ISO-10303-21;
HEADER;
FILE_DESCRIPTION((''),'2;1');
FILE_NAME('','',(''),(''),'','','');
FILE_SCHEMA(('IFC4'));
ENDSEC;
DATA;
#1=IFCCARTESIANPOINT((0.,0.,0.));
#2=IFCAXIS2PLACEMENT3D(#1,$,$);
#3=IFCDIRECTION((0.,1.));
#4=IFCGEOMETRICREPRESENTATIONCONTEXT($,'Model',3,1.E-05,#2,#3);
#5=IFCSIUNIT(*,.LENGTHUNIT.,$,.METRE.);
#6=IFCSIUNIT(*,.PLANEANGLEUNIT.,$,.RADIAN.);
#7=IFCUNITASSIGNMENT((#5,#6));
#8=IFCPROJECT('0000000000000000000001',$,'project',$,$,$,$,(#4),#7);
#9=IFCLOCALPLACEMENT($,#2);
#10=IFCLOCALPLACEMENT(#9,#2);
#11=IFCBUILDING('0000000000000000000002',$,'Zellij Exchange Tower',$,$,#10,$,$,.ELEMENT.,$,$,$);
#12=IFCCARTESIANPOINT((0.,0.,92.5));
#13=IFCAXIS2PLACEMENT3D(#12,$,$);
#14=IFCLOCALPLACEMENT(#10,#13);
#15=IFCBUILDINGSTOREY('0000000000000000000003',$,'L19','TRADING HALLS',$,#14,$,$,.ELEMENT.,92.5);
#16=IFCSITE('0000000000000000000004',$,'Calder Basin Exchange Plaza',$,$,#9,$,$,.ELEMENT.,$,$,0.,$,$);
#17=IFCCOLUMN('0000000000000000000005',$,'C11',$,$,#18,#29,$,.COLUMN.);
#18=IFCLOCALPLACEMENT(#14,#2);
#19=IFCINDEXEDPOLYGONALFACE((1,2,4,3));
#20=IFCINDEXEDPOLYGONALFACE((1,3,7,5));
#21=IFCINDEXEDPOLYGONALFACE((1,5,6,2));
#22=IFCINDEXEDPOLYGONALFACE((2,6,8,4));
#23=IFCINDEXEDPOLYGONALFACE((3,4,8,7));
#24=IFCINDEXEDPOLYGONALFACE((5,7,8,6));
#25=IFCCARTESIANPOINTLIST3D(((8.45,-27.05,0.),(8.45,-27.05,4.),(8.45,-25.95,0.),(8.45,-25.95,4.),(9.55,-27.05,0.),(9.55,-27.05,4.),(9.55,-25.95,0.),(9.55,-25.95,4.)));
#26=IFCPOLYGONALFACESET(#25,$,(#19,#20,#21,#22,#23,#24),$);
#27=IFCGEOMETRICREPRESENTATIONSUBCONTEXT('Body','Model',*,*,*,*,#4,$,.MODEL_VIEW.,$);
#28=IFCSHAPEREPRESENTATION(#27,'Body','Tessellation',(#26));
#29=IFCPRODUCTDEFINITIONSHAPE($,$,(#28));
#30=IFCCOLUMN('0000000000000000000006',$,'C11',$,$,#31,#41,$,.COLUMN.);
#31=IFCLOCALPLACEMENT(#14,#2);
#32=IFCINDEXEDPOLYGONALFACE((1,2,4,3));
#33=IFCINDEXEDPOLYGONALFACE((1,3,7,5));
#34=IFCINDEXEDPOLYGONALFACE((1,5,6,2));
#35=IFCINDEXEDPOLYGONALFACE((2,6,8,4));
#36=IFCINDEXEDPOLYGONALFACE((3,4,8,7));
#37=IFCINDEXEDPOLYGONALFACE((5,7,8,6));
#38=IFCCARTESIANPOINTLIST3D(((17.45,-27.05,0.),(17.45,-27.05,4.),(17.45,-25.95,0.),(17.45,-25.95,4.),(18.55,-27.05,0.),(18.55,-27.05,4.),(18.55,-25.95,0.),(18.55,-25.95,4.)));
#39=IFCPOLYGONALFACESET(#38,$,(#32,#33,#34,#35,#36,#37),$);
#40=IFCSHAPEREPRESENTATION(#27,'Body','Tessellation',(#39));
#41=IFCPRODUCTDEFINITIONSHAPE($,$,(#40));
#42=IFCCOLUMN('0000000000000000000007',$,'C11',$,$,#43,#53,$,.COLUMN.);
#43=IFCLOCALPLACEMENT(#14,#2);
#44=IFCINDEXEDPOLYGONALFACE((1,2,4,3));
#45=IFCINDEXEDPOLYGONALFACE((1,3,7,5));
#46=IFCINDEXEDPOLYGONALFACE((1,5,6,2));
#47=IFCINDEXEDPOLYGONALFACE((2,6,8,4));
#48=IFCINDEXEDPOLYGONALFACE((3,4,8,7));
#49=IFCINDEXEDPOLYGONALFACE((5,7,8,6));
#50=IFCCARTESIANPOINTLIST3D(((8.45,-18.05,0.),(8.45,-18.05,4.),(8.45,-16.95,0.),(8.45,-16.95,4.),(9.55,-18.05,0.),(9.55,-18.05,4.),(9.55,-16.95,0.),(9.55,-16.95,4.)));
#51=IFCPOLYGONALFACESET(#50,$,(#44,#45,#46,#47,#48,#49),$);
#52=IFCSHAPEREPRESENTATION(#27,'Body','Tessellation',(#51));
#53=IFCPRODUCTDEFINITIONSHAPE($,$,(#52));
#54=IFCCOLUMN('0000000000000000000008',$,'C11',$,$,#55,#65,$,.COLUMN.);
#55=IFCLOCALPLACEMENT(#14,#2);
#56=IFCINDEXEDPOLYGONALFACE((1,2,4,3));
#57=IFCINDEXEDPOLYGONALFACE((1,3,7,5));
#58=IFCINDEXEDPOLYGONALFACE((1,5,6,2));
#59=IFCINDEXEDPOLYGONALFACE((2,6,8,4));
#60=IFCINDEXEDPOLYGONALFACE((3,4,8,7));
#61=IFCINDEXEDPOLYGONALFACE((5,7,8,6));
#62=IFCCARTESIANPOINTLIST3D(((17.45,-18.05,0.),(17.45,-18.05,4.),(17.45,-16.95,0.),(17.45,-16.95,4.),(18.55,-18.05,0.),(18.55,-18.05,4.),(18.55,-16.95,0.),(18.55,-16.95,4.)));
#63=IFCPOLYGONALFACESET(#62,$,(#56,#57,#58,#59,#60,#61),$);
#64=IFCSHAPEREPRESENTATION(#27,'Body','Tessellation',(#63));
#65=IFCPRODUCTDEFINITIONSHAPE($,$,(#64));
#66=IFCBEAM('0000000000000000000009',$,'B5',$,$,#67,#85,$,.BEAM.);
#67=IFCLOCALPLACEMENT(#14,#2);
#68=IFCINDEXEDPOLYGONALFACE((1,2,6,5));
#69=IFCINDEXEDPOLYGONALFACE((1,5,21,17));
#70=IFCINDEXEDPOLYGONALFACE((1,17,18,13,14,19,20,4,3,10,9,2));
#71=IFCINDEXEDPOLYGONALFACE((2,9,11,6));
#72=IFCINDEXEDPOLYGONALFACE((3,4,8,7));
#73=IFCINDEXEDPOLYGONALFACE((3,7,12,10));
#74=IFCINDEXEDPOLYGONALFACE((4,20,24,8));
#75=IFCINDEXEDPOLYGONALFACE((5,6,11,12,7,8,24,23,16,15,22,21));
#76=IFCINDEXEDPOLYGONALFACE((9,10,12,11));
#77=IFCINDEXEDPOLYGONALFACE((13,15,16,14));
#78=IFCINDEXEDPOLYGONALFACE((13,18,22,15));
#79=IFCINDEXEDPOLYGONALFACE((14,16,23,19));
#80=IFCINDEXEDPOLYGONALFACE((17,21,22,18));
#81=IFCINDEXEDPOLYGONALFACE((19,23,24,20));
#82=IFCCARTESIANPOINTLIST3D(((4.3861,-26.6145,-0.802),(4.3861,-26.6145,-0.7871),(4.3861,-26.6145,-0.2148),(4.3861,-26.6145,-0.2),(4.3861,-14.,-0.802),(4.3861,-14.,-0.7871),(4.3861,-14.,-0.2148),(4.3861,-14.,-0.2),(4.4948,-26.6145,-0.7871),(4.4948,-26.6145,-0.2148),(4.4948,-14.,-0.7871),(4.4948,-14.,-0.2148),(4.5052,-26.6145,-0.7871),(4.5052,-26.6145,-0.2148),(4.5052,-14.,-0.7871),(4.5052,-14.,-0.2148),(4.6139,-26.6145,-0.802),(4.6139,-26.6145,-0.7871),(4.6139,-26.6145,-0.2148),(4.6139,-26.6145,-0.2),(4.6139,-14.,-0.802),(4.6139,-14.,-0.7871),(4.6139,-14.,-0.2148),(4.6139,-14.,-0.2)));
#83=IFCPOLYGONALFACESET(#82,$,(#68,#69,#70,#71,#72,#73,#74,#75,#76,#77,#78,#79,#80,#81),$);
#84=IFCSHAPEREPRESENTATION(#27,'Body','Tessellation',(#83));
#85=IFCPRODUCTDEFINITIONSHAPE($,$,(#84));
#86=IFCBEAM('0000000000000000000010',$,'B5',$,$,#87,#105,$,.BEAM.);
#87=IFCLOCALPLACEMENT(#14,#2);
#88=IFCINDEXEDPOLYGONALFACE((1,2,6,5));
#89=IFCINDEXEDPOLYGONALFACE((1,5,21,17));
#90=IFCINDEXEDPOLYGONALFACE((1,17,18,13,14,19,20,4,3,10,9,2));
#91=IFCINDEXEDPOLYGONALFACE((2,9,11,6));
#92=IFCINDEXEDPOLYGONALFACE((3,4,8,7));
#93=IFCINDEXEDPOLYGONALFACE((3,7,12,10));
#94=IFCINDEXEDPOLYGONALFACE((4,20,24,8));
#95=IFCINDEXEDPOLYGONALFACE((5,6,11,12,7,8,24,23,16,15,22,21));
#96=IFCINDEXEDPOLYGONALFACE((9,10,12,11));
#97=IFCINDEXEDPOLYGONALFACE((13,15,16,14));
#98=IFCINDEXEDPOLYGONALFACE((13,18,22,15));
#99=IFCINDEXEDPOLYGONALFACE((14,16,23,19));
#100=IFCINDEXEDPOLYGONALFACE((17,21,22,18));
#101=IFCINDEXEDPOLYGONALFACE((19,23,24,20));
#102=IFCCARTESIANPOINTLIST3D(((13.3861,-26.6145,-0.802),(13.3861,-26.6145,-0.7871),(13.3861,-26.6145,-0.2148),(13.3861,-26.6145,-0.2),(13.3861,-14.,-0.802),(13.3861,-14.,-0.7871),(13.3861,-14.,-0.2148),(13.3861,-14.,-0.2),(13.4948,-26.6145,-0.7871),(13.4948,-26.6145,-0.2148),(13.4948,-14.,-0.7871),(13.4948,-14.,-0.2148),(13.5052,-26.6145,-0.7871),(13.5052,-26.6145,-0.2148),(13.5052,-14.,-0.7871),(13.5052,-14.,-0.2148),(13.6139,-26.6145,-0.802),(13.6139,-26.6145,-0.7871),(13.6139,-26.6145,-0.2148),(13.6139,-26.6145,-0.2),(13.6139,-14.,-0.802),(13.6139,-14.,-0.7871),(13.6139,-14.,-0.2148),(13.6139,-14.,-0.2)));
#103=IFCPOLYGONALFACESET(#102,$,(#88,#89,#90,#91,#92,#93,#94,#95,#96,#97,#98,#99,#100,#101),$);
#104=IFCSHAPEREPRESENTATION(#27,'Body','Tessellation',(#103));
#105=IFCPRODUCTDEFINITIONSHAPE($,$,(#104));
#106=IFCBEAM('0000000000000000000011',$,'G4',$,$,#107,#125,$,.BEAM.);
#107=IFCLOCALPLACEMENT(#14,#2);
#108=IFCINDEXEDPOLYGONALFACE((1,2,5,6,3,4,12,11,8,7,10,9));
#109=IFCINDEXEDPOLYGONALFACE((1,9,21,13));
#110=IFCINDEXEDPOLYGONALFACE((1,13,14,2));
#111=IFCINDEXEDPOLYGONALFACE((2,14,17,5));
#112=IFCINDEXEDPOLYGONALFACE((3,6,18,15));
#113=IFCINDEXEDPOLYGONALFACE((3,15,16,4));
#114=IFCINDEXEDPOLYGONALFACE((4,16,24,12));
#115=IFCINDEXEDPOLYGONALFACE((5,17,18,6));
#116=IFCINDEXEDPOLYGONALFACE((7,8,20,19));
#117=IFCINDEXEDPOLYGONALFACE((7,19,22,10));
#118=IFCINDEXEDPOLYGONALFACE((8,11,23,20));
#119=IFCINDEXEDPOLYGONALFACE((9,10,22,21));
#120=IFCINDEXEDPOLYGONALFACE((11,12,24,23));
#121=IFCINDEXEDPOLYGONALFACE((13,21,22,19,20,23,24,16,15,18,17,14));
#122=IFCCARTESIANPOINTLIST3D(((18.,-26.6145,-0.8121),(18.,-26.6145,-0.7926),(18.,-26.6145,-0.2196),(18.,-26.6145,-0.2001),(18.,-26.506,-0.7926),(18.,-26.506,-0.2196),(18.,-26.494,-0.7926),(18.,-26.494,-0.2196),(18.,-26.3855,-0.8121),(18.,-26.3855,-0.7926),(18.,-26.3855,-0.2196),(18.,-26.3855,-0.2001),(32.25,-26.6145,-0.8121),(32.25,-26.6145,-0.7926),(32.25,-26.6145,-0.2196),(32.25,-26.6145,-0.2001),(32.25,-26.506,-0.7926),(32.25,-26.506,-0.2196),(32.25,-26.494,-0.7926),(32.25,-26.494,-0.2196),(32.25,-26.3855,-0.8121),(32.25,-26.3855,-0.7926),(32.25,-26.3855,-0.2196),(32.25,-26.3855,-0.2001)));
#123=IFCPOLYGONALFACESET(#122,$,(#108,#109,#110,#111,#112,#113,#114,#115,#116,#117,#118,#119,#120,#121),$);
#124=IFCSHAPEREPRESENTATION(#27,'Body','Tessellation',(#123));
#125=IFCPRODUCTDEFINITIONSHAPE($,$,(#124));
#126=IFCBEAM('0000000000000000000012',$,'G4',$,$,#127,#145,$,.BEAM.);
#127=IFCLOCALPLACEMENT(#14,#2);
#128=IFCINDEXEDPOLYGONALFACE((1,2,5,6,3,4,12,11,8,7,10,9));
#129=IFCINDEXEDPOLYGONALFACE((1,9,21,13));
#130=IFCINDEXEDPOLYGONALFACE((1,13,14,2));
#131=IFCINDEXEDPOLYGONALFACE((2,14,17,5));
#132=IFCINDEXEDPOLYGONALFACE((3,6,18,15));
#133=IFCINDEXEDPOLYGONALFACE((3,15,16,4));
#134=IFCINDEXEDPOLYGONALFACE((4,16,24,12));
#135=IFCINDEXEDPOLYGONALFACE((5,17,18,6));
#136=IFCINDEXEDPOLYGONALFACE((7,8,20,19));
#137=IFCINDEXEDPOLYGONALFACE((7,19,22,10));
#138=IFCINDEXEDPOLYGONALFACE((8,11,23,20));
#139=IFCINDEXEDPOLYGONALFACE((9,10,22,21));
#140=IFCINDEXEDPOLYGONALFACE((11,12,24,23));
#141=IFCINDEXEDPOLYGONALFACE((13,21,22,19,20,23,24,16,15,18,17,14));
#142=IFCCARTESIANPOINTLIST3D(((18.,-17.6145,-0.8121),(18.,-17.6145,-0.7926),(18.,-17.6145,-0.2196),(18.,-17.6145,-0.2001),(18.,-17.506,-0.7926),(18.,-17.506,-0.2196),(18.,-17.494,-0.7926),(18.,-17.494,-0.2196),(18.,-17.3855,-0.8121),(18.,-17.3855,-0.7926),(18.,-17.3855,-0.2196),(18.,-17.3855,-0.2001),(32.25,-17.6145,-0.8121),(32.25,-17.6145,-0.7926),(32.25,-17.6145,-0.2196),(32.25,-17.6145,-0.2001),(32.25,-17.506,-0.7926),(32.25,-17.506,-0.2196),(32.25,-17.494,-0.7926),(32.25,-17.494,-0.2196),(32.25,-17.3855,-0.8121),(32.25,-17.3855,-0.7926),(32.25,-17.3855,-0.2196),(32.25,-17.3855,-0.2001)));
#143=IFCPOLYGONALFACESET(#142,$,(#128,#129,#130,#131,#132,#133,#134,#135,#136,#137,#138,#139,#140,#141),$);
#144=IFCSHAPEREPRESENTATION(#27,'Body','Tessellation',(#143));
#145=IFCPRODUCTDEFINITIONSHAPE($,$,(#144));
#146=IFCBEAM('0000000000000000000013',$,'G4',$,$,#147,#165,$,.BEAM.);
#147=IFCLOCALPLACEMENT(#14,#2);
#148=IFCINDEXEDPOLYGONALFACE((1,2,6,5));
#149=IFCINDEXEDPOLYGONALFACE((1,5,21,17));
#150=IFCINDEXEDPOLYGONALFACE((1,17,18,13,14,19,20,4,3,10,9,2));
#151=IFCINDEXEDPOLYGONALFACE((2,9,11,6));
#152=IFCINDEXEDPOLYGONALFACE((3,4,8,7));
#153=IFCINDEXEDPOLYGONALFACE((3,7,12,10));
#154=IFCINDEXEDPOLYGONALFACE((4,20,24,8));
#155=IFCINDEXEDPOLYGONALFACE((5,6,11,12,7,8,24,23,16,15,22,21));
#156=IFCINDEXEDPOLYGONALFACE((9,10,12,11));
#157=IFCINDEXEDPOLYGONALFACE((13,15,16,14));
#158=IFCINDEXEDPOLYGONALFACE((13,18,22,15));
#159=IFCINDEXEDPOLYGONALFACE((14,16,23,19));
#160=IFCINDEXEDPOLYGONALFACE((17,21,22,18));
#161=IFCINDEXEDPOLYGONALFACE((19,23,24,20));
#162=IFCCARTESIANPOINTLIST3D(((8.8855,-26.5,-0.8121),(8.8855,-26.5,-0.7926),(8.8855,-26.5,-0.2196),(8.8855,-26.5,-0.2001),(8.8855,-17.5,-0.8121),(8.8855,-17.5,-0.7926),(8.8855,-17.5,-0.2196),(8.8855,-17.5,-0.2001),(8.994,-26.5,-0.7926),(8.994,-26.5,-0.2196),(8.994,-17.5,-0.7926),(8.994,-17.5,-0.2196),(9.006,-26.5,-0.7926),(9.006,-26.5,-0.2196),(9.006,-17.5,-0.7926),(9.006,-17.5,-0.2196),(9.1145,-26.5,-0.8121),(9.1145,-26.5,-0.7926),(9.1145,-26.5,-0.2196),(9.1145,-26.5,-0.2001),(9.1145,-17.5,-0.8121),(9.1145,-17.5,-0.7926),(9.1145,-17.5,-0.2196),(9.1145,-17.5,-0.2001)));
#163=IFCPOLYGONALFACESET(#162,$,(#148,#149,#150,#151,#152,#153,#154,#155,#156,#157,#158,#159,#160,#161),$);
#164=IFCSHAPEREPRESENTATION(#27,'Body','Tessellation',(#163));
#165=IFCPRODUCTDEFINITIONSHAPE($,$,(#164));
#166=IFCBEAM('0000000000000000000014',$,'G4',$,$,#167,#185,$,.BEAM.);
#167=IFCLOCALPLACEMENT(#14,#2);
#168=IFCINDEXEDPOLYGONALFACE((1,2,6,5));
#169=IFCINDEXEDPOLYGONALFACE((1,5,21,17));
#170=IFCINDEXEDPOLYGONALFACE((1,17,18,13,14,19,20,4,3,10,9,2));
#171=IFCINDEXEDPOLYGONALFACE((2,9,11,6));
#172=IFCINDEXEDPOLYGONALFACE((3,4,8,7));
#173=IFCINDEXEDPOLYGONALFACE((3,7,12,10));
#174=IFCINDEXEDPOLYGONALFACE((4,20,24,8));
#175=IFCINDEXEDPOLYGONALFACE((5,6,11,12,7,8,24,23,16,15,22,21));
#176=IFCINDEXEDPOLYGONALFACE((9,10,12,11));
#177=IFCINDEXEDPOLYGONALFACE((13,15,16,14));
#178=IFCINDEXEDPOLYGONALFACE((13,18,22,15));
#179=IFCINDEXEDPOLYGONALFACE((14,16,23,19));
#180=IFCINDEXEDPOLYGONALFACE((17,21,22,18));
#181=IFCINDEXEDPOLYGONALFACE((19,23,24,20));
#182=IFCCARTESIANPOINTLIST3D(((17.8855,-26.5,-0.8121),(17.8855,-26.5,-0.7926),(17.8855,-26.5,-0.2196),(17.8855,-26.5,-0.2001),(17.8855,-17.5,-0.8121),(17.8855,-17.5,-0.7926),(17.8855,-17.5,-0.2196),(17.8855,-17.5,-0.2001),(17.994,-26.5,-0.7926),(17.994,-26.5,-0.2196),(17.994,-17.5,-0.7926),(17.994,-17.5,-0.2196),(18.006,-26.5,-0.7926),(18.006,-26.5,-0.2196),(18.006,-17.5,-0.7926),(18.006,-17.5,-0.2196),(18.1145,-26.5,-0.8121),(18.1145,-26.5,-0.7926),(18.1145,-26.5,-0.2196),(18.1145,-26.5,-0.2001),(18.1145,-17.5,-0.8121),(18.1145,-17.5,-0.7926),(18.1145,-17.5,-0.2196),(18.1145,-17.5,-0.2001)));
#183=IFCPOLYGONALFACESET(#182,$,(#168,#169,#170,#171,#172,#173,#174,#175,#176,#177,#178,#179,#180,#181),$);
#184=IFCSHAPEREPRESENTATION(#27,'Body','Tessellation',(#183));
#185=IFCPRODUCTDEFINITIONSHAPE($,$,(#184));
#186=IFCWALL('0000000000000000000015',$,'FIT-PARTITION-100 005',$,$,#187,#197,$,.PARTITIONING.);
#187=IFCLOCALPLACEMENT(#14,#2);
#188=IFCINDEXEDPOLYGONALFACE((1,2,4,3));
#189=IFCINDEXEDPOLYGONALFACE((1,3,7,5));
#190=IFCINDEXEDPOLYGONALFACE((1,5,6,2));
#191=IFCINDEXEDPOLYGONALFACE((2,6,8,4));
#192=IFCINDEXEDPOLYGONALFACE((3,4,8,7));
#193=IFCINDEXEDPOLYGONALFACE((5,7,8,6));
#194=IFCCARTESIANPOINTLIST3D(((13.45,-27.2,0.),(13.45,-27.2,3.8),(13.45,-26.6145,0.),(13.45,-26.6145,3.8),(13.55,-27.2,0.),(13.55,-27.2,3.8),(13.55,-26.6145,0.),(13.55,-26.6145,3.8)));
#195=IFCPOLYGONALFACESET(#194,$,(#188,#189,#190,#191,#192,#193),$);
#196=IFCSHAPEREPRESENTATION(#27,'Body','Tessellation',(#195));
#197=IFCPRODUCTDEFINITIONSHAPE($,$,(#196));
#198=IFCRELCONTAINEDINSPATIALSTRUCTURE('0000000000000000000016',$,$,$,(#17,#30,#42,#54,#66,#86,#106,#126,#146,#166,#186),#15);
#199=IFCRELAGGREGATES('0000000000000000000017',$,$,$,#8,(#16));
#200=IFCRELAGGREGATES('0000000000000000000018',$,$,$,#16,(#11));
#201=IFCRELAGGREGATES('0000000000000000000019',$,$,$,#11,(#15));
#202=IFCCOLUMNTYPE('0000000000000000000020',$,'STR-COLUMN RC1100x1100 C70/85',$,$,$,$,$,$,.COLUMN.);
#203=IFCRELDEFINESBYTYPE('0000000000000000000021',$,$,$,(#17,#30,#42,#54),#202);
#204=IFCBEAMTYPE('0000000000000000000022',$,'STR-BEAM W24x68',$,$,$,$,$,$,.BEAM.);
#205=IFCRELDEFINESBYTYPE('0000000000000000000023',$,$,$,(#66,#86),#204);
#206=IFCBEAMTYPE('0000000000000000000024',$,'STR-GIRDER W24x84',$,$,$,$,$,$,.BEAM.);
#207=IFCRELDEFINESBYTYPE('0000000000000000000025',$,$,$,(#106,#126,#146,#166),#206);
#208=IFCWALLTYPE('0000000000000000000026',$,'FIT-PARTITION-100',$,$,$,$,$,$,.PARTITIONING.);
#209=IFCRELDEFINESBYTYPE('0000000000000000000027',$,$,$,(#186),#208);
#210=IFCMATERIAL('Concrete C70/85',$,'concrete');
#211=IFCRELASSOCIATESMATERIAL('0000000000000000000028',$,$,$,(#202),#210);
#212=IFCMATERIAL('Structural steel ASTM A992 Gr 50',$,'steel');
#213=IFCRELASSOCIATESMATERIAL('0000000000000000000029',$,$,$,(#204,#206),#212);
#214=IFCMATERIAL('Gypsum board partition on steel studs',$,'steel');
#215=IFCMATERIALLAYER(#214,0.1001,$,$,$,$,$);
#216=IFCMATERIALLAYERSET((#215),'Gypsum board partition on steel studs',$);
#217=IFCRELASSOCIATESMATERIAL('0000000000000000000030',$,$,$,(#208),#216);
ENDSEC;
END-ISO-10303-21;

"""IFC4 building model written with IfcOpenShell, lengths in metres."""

from ifc_helpers import new_model, si_unit, direction, frame, frame_2d, origin, origin_2d, place, context, subcontext, project, spatial, rectangle, i_section, extrude, material, layer, layer_set, material_profile, profile_set, type_object, element, save


model = new_model("IFC4")

# Units and contexts
model_context = context("Model", 3, precision=1e-05, world=origin(), true_north=direction((0.0, 1.0)))
body_context = subcontext(model_context, "Body", "Model", "MODEL_VIEW")
ifc_project = project(units=[si_unit("LENGTHUNIT", "METRE"), si_unit("PLANEANGLEUNIT", "RADIAN")], contexts=[model_context])

# Site, building, storey
site_placement = place(None, origin())
site = spatial("IfcSite", under=ifc_project, at=site_placement, Name="Calder Basin Exchange Plaza", CompositionType="ELEMENT", RefElevation=0.0)
building_placement = place(site_placement, origin())
building = spatial("IfcBuilding", under=site, at=building_placement, Name="Zellij Exchange Tower", CompositionType="ELEMENT")
storey_placement = place(building_placement, frame((0.0, 0.0, 92.5)))
storey = spatial("IfcBuildingStorey", under=building, at=storey_placement, Name="L19", Description="TRADING HALLS", CompositionType="ELEMENT", Elevation=92.5)

# Columns
ifc_material_1 = material(Name="Concrete C70/85", Category="concrete")
ifc_material_profile_1 = material_profile(ifc_material_1, rectangle(XDim=1.1001, YDim=1.1001, at=origin_2d()), Name="STR-COLUMN RC1100x1100 C70/85")
ifc_profile_set_1 = profile_set([ifc_material_profile_1], Name="Concrete C70/85")
column_type = type_object("IfcColumnType", Name="STR-COLUMN RC1100x1100 C70/85", PredefinedType="COLUMN", material=ifc_profile_set_1)
for number, where, z_axis, x_axis, name in (
    (1, (9.0, -26.5, 0.0), (0.0, 0.0, 1.0), (1.0, 0.0, 0.0), "C11"),
    (2, (18.0, -26.5, 0.0), (0.0, 0.0, 1.0), (1.0, 0.0, 0.0), "C11"),
    (3, (9.0, -17.5, 0.0), (0.0, 0.0, 1.0), (1.0, 0.0, 0.0), "C11"),
    (4, (18.0, -17.5, 0.0), (0.0, 0.0, 1.0), (1.0, 0.0, 0.0), "C11"),
):
    element("IfcColumn", number, at=place(storey_placement, frame(where, z_axis=z_axis, x_axis=x_axis)), inside=storey, type_object=column_type, Name=name, PredefinedType="COLUMN", context=body_context, shape_type="SweptSolid", body=[
        extrude(rectangle(XDim=1.1001, YDim=1.1001, at=origin_2d()), origin(), (0.0, 0.0, 1.0), 4.0),
    ])

# Beams
ifc_material_2 = material(Name="Structural steel ASTM A992 Gr 50", Category="steel")
ifc_material_profile_2 = material_profile(ifc_material_2, i_section(OverallWidth=0.2278, OverallDepth=0.6021, WebThickness=0.0105, FlangeThickness=0.0149, at=origin_2d()), Name="W24x68")
ifc_profile_set_2 = profile_set([ifc_material_profile_2], Name="Structural steel ASTM A992 Gr 50")
beam_type_1 = type_object("IfcBeamType", Name="STR-BEAM W24x68", PredefinedType="BEAM", material=ifc_profile_set_2)
for number, where, z_axis, x_axis, name in (
    (5, (4.5, -26.6145, -0.501), (0.0, 1.0, 0.0), (-1.0, 0.0, 0.0), "B5"),
    (6, (13.5, -26.6145, -0.501), (0.0, 1.0, 0.0), (-1.0, 0.0, 0.0), "B5"),
):
    element("IfcBeam", number, at=place(storey_placement, frame(where, z_axis=z_axis, x_axis=x_axis)), inside=storey, type_object=beam_type_1, Name=name, PredefinedType="BEAM", context=body_context, shape_type="SweptSolid", body=[
        extrude(i_section(OverallWidth=0.2278, OverallDepth=0.6021, WebThickness=0.0105, FlangeThickness=0.0149, at=origin_2d()), origin(), (0.0, 0.0, 1.0), 12.6145),
    ])
ifc_material_profile_3 = material_profile(ifc_material_2, i_section(OverallWidth=0.229, OverallDepth=0.6121, WebThickness=0.012, FlangeThickness=0.0195, at=origin_2d()), Name="W24x84")
ifc_profile_set_3 = profile_set([ifc_material_profile_3], Name="Structural steel ASTM A992 Gr 50")
beam_type_2 = type_object("IfcBeamType", Name="STR-GIRDER W24x84", PredefinedType="BEAM", material=ifc_profile_set_3)
for number, where, z_axis, x_axis, name in (
    (7, (18.0, -26.5, -0.5061), (1.0, 0.0, 0.0), (0.0, 1.0, 0.0), "G4"),
    (8, (18.0, -17.5, -0.5061), (1.0, 0.0, 0.0), (0.0, 1.0, 0.0), "G4"),
):
    element("IfcBeam", number, at=place(storey_placement, frame(where, z_axis=z_axis, x_axis=x_axis)), inside=storey, type_object=beam_type_2, Name=name, PredefinedType="BEAM", context=body_context, shape_type="SweptSolid", body=[
        extrude(i_section(OverallWidth=0.229, OverallDepth=0.6121, WebThickness=0.012, FlangeThickness=0.0195, at=origin_2d()), origin(), (0.0, 0.0, 1.0), 14.25),
    ])
for number, where, z_axis, x_axis, name in (
    (9, (9.0, -26.5, -0.5061), (0.0, 1.0, 0.0), (-1.0, 0.0, 0.0), "G4"),
    (10, (18.0, -26.5, -0.5061), (0.0, 1.0, 0.0), (-1.0, 0.0, 0.0), "G4"),
):
    element("IfcBeam", number, at=place(storey_placement, frame(where, z_axis=z_axis, x_axis=x_axis)), inside=storey, type_object=beam_type_2, Name=name, PredefinedType="BEAM", context=body_context, shape_type="SweptSolid", body=[
        extrude(i_section(OverallWidth=0.229, OverallDepth=0.6121, WebThickness=0.012, FlangeThickness=0.0195, at=origin_2d()), origin(), (0.0, 0.0, 1.0), 9.0),
    ])

# Wall
ifc_material_3 = material(Name="Gypsum board partition on steel studs", Category="steel")
ifc_layer_1 = layer(ifc_material_3, 0.1001)
ifc_layer_set_1 = layer_set([ifc_layer_1], Name="Gypsum board partition on steel studs")
wall_type = type_object("IfcWallType", Name="FIT-PARTITION-100", PredefinedType="PARTITIONING", material=ifc_layer_set_1)
wall_1_placement = place(storey_placement, frame((13.5, -27.2, 0.0), z_axis=(0.0, 0.0, 1.0), x_axis=(0.0, 1.0, 0.0)))
element("IfcWall", 11, at=wall_1_placement, inside=storey, type_object=wall_type, Name="FIT-PARTITION-100 005", PredefinedType="PARTITIONING", context=body_context, shape_type="SweptSolid", body=[
    extrude(rectangle(XDim=0.5854, YDim=0.1001, at=frame_2d((0.2927, 0.0))), origin(), (0.0, 0.0, 1.0), 3.8),
])

save(model, "model.ifc")
